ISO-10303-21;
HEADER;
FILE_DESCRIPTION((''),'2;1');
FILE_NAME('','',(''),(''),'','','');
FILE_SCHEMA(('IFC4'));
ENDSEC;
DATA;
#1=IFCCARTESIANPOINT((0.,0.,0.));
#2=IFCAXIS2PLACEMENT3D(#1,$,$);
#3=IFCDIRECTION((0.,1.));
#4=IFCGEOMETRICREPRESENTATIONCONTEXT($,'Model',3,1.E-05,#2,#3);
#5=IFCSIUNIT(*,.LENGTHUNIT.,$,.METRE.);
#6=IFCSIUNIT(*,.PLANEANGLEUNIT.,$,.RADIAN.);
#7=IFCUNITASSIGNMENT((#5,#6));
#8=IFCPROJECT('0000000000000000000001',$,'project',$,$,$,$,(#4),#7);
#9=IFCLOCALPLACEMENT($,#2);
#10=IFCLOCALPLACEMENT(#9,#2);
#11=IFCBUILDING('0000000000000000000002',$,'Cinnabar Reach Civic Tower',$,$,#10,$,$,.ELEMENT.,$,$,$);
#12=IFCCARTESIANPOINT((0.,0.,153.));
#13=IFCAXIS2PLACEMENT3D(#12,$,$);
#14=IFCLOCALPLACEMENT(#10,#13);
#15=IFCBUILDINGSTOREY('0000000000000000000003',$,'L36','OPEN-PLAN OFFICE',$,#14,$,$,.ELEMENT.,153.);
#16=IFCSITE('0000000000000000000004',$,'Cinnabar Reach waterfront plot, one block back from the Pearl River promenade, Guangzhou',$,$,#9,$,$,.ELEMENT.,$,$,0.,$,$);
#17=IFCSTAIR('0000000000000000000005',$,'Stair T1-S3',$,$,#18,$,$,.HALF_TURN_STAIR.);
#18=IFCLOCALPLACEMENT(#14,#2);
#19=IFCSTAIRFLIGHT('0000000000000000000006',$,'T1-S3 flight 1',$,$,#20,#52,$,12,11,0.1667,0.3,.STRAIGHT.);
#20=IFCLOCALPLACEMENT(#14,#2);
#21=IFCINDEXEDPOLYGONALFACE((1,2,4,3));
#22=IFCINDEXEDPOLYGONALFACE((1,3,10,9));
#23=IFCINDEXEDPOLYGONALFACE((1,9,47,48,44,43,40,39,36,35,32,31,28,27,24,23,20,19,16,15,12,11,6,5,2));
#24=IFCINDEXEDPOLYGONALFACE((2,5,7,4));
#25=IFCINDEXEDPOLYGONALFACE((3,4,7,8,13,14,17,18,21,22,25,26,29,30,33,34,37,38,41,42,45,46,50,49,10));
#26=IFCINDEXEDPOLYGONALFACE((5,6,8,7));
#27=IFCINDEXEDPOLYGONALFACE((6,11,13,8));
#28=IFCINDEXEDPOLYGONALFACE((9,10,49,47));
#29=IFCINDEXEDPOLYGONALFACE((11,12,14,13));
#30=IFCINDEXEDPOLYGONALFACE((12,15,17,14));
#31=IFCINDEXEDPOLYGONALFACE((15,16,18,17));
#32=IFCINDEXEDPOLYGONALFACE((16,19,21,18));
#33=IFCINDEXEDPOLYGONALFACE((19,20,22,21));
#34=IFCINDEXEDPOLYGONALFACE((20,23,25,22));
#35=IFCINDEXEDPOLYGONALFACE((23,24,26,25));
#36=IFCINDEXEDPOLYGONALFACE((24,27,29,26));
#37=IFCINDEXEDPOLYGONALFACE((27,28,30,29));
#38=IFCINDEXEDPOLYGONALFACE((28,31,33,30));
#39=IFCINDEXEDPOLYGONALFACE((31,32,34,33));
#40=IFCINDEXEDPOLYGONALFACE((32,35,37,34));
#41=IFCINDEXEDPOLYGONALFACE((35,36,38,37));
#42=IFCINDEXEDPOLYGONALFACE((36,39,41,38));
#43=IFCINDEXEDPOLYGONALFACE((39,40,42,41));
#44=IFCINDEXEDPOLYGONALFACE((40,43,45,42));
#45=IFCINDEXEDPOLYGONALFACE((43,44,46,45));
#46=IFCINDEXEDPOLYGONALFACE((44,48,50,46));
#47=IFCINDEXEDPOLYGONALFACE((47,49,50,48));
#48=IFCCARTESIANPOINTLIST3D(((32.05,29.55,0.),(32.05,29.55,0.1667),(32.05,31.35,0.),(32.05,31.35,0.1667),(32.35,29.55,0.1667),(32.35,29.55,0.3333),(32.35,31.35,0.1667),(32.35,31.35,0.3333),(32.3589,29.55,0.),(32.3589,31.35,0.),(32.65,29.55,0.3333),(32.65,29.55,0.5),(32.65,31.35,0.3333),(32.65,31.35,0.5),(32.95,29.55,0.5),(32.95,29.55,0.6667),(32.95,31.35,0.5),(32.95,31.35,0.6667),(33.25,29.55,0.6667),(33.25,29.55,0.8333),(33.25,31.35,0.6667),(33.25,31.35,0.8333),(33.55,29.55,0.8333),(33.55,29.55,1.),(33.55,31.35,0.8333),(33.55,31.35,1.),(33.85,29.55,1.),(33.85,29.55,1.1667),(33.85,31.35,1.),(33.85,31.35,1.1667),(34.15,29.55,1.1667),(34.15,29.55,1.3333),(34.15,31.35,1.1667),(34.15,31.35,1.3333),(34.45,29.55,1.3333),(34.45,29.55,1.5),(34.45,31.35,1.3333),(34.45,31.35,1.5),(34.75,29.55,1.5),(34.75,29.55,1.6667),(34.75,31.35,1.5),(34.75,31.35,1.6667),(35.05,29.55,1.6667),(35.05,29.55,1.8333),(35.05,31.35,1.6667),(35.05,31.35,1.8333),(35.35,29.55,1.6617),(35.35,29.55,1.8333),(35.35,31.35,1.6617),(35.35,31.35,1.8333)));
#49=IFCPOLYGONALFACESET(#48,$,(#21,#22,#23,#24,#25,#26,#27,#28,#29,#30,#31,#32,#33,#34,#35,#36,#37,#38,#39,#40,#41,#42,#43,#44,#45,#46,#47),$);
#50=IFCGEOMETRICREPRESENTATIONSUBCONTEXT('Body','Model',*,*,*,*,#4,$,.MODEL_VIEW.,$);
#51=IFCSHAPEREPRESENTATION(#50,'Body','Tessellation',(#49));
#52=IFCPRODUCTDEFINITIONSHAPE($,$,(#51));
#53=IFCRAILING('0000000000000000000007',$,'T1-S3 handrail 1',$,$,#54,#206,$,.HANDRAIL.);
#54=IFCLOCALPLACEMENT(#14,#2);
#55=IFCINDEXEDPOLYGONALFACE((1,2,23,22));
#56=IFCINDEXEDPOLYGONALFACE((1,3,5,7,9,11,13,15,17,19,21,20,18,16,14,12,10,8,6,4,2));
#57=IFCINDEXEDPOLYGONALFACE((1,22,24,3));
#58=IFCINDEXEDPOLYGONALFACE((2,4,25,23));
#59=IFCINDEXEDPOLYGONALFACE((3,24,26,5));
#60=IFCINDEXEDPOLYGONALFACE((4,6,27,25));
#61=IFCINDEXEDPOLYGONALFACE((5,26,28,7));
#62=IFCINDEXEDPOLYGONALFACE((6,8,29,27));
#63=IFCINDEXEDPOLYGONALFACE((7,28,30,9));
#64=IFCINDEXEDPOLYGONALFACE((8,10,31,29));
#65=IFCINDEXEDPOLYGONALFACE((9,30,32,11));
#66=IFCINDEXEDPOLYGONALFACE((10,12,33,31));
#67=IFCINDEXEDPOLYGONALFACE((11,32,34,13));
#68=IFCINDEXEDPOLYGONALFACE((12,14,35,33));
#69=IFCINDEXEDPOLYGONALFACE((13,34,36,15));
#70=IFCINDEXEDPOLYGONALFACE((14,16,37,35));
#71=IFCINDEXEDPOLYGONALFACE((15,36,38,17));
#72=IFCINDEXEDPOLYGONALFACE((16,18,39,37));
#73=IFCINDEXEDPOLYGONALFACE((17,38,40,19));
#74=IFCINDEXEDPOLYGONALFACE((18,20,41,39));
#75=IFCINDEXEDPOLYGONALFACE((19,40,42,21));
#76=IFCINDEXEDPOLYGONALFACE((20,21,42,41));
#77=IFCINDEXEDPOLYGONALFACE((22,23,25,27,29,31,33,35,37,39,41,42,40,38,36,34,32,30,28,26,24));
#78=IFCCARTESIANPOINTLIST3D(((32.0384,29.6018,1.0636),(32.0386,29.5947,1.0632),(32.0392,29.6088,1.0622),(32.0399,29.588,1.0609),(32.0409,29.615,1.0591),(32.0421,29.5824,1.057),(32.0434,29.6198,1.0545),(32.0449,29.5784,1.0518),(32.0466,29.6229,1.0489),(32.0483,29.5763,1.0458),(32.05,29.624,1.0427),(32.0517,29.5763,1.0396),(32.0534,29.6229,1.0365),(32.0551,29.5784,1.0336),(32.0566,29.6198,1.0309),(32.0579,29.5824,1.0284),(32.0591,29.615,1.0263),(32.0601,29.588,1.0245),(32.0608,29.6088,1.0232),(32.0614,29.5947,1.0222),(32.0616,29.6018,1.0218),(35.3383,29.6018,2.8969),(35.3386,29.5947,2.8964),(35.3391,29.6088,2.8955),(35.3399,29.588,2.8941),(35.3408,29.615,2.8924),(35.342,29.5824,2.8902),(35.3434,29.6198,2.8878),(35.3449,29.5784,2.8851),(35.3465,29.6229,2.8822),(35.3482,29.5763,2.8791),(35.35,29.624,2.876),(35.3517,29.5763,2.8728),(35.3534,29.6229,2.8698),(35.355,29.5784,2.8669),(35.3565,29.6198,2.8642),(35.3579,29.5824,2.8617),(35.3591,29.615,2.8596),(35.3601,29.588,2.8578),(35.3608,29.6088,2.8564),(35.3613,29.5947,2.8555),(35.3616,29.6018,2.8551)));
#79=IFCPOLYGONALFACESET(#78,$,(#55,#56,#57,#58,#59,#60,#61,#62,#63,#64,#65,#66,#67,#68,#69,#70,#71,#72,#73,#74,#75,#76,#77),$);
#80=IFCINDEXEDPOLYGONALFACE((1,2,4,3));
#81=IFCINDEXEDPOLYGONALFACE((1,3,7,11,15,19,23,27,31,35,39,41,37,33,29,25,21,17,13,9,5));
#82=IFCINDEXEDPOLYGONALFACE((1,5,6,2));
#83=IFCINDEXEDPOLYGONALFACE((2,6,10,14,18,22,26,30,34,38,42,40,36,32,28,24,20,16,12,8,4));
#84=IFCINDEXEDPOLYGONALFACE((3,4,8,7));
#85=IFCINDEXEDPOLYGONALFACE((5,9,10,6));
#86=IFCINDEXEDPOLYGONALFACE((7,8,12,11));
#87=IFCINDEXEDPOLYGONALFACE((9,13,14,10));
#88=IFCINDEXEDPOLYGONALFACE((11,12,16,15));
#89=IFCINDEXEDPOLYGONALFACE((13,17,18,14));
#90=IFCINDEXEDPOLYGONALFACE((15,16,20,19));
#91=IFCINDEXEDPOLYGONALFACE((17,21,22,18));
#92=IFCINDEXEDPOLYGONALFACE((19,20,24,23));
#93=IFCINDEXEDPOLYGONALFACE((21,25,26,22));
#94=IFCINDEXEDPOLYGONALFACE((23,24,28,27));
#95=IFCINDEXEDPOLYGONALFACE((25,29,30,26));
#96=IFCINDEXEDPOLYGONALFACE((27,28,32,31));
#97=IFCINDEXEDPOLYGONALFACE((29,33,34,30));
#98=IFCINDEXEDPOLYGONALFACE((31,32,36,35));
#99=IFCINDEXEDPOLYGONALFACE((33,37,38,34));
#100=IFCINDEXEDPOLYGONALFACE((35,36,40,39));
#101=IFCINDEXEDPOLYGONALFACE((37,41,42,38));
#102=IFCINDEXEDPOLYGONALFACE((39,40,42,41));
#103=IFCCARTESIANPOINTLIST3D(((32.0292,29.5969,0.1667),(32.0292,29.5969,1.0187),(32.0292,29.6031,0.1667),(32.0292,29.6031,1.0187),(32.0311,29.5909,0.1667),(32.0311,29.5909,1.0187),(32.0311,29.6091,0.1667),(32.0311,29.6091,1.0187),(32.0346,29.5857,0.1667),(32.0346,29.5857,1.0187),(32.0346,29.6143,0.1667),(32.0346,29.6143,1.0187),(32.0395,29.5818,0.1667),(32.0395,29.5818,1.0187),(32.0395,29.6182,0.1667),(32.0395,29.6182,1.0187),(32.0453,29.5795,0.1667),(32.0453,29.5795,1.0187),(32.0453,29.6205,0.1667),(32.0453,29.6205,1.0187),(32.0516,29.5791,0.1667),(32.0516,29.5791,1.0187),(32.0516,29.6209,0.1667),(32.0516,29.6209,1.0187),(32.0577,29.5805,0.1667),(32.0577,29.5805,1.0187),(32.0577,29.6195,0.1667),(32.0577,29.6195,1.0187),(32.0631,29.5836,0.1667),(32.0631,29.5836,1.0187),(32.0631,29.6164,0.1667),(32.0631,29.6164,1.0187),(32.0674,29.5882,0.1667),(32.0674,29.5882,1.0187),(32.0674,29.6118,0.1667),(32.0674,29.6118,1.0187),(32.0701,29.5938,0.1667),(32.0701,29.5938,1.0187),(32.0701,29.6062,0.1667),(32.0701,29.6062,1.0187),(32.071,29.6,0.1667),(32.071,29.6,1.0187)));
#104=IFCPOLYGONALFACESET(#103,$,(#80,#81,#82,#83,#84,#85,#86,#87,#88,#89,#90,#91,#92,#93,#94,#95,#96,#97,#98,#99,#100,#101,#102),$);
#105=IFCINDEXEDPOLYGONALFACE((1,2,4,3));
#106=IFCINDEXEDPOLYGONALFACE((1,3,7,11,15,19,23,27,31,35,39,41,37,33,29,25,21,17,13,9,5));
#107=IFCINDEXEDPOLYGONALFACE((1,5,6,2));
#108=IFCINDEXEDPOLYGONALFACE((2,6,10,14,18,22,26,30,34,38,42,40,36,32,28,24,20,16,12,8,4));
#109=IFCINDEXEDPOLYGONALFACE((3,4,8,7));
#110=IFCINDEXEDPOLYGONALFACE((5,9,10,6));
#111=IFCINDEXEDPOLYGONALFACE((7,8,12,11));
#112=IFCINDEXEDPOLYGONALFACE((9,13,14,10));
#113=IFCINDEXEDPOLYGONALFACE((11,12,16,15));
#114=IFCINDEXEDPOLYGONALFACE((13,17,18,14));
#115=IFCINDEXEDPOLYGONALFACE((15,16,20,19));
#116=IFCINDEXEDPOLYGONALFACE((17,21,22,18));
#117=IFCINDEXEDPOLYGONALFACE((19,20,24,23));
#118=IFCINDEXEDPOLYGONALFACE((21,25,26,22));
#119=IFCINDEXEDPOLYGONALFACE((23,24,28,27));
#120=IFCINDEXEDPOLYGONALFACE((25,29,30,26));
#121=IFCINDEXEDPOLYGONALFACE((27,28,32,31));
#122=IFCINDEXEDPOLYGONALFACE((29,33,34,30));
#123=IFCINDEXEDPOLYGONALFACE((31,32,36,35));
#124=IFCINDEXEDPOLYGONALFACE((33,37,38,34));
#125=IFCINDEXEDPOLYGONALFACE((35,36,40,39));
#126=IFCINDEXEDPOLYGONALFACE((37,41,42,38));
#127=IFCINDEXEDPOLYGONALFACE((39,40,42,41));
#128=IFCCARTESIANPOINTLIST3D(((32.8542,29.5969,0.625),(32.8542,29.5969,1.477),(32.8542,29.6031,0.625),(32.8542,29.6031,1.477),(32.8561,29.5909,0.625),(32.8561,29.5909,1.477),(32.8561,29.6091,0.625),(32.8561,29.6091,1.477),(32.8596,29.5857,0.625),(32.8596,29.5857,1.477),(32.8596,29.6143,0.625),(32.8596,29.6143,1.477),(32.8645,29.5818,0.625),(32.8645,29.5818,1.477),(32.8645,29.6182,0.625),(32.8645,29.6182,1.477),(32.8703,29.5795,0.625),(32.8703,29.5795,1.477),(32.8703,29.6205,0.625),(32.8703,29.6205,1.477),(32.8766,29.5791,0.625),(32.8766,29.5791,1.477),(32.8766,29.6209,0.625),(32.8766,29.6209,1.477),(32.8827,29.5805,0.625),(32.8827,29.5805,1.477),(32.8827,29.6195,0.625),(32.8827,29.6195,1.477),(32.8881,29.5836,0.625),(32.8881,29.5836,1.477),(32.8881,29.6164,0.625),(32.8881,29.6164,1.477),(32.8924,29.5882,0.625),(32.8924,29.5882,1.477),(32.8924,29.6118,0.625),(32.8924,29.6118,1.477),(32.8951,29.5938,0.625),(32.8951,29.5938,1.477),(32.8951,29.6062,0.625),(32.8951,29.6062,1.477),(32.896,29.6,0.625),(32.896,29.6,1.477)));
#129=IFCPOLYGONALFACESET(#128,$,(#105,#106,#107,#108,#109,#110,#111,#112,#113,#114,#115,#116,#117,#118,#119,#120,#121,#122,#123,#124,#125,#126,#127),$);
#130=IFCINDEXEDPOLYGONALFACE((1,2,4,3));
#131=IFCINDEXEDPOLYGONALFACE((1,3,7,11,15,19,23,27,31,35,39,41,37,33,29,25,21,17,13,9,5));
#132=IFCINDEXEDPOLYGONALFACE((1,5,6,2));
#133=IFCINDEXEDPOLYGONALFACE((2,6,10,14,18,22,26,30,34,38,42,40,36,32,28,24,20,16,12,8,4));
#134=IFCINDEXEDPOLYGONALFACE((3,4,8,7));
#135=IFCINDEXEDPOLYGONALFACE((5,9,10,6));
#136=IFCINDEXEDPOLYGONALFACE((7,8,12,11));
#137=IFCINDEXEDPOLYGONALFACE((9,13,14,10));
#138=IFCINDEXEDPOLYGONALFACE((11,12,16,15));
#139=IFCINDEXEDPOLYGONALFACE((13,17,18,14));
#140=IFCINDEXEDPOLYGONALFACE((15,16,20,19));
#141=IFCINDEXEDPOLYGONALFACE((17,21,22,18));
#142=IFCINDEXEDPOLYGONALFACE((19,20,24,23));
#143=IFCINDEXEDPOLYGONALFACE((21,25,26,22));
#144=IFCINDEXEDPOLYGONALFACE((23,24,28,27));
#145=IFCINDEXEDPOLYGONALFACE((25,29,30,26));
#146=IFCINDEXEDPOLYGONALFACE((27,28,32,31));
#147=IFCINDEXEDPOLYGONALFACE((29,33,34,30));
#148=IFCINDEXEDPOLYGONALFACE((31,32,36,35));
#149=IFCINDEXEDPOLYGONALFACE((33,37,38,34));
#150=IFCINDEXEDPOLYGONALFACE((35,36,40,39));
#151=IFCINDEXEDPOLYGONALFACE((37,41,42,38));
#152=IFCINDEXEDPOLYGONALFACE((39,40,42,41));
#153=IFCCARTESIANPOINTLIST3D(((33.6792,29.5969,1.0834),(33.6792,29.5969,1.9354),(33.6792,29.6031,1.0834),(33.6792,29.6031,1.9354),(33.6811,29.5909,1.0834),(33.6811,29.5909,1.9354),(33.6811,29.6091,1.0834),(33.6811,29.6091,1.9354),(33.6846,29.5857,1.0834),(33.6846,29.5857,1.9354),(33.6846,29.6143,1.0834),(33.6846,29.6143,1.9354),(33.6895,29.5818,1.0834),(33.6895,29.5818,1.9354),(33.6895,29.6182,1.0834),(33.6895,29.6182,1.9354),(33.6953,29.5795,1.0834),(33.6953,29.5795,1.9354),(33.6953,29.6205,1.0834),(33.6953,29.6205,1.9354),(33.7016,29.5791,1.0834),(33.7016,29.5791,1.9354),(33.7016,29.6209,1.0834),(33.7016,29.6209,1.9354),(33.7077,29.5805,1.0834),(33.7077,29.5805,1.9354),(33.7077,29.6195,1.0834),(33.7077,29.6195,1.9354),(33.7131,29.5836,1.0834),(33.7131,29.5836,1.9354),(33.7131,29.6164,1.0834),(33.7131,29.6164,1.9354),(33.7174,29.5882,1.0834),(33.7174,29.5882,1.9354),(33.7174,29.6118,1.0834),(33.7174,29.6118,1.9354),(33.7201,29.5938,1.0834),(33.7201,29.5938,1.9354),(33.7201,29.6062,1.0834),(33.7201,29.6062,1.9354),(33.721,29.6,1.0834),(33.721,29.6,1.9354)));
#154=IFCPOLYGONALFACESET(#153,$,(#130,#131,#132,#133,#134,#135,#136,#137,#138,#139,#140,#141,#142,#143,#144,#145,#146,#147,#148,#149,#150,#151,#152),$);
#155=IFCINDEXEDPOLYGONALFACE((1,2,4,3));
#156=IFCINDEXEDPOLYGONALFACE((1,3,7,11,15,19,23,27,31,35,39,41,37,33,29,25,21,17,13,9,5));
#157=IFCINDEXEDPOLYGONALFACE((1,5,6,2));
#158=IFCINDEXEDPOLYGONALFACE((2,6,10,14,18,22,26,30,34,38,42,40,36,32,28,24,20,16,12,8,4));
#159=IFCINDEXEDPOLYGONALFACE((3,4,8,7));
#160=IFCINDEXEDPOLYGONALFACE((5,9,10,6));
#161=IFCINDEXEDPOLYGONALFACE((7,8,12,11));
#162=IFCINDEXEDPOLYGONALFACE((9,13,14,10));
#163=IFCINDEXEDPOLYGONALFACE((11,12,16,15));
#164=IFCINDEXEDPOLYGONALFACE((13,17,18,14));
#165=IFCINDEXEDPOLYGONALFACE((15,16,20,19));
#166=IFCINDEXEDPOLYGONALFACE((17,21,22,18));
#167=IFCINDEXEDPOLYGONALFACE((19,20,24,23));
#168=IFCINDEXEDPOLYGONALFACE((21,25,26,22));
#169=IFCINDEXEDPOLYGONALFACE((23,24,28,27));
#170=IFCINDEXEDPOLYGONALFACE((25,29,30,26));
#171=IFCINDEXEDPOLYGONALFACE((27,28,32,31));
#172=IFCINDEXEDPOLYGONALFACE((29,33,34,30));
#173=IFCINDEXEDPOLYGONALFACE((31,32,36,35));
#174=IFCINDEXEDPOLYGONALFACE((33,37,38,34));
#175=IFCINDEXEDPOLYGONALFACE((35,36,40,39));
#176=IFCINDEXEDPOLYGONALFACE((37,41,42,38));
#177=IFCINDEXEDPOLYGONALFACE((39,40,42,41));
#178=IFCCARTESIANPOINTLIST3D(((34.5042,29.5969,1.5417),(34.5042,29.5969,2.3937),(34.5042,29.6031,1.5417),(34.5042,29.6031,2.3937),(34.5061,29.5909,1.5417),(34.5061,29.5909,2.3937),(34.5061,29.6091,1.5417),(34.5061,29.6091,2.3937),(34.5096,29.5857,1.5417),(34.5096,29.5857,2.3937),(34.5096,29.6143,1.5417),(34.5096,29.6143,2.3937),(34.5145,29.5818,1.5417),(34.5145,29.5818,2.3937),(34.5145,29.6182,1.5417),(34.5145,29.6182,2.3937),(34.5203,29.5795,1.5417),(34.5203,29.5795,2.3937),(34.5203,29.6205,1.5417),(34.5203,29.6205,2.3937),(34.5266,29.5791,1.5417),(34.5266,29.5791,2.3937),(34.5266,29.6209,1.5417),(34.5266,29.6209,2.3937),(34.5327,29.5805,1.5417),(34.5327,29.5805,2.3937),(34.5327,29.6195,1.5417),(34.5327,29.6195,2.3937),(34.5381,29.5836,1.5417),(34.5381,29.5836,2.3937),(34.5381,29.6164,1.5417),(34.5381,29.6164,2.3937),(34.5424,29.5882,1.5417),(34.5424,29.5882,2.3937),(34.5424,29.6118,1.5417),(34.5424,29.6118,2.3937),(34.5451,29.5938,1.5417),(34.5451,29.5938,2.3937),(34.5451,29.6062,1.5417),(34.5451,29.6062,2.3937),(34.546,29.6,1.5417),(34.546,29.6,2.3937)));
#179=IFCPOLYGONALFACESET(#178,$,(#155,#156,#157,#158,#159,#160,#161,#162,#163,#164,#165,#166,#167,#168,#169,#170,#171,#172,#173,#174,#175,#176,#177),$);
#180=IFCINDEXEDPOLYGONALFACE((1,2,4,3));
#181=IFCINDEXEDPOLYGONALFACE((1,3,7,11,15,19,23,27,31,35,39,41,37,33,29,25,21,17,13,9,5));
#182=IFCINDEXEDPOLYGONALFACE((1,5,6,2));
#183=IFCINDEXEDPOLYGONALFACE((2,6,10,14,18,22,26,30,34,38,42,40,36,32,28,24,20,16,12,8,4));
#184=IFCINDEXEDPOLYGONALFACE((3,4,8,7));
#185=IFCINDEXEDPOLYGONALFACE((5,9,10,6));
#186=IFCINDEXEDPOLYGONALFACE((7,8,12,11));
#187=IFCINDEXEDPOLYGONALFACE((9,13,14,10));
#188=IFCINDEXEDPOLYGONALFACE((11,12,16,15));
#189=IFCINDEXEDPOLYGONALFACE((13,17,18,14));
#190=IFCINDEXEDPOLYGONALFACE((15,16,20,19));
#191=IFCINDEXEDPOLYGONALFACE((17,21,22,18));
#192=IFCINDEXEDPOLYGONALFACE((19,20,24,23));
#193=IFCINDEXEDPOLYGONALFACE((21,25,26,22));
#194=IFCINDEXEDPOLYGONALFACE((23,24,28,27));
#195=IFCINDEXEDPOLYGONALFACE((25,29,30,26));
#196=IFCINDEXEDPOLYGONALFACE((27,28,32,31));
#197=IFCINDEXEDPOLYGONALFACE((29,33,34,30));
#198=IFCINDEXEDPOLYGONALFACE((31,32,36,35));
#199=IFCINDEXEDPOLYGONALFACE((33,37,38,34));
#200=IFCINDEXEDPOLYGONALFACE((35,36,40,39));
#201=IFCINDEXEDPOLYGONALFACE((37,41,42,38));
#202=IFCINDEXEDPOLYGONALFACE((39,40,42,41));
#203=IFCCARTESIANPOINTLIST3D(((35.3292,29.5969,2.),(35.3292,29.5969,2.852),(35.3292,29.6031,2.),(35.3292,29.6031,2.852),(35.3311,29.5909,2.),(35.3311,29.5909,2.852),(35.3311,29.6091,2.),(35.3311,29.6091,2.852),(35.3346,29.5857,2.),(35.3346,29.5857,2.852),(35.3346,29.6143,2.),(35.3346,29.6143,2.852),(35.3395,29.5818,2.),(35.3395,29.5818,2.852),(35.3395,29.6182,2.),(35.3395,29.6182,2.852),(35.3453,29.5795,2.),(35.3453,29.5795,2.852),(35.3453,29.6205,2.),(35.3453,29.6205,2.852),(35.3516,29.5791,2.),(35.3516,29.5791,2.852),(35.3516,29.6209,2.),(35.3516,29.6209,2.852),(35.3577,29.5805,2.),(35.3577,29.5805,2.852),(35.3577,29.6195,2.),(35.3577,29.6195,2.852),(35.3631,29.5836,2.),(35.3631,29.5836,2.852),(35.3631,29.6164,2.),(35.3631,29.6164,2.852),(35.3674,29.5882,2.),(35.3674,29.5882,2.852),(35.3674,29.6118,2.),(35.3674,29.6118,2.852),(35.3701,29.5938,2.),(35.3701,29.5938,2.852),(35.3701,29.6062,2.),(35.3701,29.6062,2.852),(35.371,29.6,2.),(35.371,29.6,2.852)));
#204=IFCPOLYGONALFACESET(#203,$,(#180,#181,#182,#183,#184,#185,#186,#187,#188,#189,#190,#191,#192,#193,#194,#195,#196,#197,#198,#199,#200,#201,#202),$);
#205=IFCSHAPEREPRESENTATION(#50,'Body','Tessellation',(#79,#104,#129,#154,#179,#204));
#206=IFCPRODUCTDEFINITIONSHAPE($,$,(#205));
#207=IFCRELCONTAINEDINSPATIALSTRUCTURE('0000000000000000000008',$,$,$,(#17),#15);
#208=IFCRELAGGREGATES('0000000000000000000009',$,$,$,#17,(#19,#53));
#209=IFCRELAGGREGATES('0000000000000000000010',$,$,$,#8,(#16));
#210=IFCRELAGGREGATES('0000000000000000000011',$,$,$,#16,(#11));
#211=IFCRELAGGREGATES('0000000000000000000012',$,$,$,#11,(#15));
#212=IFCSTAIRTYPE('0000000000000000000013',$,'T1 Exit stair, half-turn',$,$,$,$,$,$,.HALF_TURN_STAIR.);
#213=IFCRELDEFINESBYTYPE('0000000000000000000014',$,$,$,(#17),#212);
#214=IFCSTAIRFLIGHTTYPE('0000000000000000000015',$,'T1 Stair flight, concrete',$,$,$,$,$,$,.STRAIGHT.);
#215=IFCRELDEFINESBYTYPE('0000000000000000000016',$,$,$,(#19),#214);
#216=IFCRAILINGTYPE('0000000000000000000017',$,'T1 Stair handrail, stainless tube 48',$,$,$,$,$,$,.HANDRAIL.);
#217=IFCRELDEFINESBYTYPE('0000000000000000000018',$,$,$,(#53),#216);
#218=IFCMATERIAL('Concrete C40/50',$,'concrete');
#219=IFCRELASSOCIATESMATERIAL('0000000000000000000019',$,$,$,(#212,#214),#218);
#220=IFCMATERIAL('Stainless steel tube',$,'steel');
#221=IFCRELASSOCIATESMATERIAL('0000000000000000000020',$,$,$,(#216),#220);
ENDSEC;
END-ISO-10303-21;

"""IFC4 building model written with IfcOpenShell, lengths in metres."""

from ifc_helpers import new_model, si_unit, direction, frame, origin, origin_2d, place, context, subcontext, project, spatial, polyline, circle, outline, extrude, material, type_object, element, aggregate, save


model = new_model("IFC4")

# Units and contexts
model_context = context("Model", 3, precision=1e-05, world=origin(), true_north=direction((0.0, 1.0)))
body_context = subcontext(model_context, "Body", "Model", "MODEL_VIEW")
ifc_project = project(units=[si_unit("LENGTHUNIT", "METRE"), si_unit("PLANEANGLEUNIT", "RADIAN")], contexts=[model_context])

# Site, building, storey
site_placement = place(None, origin())
site = spatial("IfcSite", under=ifc_project, at=site_placement, Name="Cinnabar Reach waterfront plot, one block back from the Pearl River promenade, Guangzhou", CompositionType="ELEMENT", RefElevation=0.0)
building_placement = place(site_placement, origin())
building = spatial("IfcBuilding", under=site, at=building_placement, Name="Cinnabar Reach Civic Tower", CompositionType="ELEMENT")
storey_placement = place(building_placement, frame((0.0, 0.0, 153.0)))
storey = spatial("IfcBuildingStorey", under=building, at=storey_placement, Name="L36", Description="OPEN-PLAN OFFICE", CompositionType="ELEMENT", Elevation=153.0)

# Stair, stair flight, railing
ifc_material_1 = material(Name="Concrete C40/50", Category="concrete")
stair_type = type_object("IfcStairType", Name="T1 Exit stair, half-turn", PredefinedType="HALF_TURN_STAIR", material=ifc_material_1)
stair_placement = place(storey_placement, origin())
stair = element("IfcStair", 1, at=stair_placement, inside=storey, type_object=stair_type, Name="Stair T1-S3", PredefinedType="HALF_TURN_STAIR")
stair_flight_type = type_object("IfcStairFlightType", Name="T1 Stair flight, concrete", PredefinedType="STRAIGHT", material=ifc_material_1)
stair_flight_placement = place(storey_placement, frame((32.05, 30.45, 0.0), z_axis=(0.0, 0.0, 1.0), x_axis=(1.0, 0.0, 0.0)))
stair_flight = element("IfcStairFlight", 2, at=stair_flight_placement, type_object=stair_flight_type, Name="T1-S3 flight 1", NumberOfRisers=12, NumberOfTreads=11, PredefinedType="STRAIGHT", RiserHeight=0.1667, TreadLength=0.3, context=body_context, shape_type="SweptSolid", body=[
    extrude(outline(polyline([(0.0, 0.0), (0.0, 0.1667), (0.3, 0.1667), (0.3, 0.3333), (0.6, 0.3333), (0.6, 0.5), (0.9, 0.5), (0.9, 0.6667), (1.2, 0.6667), (1.2, 0.8333), (1.5, 0.8333), (1.5, 1.0), (1.8, 1.0), (1.8, 1.1667), (2.1, 1.1667), (2.1, 1.3333), (2.4, 1.3333), (2.4, 1.5), (2.7, 1.5), (2.7, 1.6667), (3.0, 1.6667), (3.0, 1.8333), (3.3, 1.8333), (3.3, 2.0), (3.3, 1.6617), (0.3089, 0.0), (0.0, 0.0)])), frame((0.0, 0.9, 0.0), z_axis=(0.0, -1.0, 0.0), x_axis=(1.0, 0.0, 0.0)), (0.0, 0.0, 1.0), 1.8),
])
ifc_material_2 = material(Name="Stainless steel tube", Category="steel")
railing_type = type_object("IfcRailingType", Name="T1 Stair handrail, stainless tube 48", PredefinedType="HANDRAIL", material=ifc_material_2)
railing_placement = place(storey_placement, frame((32.05, 29.6, 0.1667)))
railing = element("IfcRailing", 3, at=railing_placement, type_object=railing_type, Name="T1-S3 handrail 1", PredefinedType="HANDRAIL", context=body_context, shape_type="SweptSolid", body=[
    extrude(circle(Radius=0.024, at=origin_2d()), frame((0.0, 0.0, 0.876), z_axis=(0.874161, 0.0, 0.485636), x_axis=(0.0, 1.0, 0.0)), (0.0, 0.0, 1.0), 3.775),
    extrude(circle(Radius=0.021, at=origin_2d()), origin(), (0.0, 0.0, 1.0), 0.852),
    extrude(circle(Radius=0.021, at=origin_2d()), frame((0.825, 0.0, 0.4583)), (0.0, 0.0, 1.0), 0.852),
    extrude(circle(Radius=0.021, at=origin_2d()), frame((1.65, 0.0, 0.9167)), (0.0, 0.0, 1.0), 0.852),
    extrude(circle(Radius=0.021, at=origin_2d()), frame((2.475, 0.0, 1.375)), (0.0, 0.0, 1.0), 0.852),
    extrude(circle(Radius=0.021, at=origin_2d()), frame((3.3, 0.0, 1.8333)), (0.0, 0.0, 1.0), 0.852),
])
aggregate(stair, [stair_flight, railing])

save(model, "model.ifc")
